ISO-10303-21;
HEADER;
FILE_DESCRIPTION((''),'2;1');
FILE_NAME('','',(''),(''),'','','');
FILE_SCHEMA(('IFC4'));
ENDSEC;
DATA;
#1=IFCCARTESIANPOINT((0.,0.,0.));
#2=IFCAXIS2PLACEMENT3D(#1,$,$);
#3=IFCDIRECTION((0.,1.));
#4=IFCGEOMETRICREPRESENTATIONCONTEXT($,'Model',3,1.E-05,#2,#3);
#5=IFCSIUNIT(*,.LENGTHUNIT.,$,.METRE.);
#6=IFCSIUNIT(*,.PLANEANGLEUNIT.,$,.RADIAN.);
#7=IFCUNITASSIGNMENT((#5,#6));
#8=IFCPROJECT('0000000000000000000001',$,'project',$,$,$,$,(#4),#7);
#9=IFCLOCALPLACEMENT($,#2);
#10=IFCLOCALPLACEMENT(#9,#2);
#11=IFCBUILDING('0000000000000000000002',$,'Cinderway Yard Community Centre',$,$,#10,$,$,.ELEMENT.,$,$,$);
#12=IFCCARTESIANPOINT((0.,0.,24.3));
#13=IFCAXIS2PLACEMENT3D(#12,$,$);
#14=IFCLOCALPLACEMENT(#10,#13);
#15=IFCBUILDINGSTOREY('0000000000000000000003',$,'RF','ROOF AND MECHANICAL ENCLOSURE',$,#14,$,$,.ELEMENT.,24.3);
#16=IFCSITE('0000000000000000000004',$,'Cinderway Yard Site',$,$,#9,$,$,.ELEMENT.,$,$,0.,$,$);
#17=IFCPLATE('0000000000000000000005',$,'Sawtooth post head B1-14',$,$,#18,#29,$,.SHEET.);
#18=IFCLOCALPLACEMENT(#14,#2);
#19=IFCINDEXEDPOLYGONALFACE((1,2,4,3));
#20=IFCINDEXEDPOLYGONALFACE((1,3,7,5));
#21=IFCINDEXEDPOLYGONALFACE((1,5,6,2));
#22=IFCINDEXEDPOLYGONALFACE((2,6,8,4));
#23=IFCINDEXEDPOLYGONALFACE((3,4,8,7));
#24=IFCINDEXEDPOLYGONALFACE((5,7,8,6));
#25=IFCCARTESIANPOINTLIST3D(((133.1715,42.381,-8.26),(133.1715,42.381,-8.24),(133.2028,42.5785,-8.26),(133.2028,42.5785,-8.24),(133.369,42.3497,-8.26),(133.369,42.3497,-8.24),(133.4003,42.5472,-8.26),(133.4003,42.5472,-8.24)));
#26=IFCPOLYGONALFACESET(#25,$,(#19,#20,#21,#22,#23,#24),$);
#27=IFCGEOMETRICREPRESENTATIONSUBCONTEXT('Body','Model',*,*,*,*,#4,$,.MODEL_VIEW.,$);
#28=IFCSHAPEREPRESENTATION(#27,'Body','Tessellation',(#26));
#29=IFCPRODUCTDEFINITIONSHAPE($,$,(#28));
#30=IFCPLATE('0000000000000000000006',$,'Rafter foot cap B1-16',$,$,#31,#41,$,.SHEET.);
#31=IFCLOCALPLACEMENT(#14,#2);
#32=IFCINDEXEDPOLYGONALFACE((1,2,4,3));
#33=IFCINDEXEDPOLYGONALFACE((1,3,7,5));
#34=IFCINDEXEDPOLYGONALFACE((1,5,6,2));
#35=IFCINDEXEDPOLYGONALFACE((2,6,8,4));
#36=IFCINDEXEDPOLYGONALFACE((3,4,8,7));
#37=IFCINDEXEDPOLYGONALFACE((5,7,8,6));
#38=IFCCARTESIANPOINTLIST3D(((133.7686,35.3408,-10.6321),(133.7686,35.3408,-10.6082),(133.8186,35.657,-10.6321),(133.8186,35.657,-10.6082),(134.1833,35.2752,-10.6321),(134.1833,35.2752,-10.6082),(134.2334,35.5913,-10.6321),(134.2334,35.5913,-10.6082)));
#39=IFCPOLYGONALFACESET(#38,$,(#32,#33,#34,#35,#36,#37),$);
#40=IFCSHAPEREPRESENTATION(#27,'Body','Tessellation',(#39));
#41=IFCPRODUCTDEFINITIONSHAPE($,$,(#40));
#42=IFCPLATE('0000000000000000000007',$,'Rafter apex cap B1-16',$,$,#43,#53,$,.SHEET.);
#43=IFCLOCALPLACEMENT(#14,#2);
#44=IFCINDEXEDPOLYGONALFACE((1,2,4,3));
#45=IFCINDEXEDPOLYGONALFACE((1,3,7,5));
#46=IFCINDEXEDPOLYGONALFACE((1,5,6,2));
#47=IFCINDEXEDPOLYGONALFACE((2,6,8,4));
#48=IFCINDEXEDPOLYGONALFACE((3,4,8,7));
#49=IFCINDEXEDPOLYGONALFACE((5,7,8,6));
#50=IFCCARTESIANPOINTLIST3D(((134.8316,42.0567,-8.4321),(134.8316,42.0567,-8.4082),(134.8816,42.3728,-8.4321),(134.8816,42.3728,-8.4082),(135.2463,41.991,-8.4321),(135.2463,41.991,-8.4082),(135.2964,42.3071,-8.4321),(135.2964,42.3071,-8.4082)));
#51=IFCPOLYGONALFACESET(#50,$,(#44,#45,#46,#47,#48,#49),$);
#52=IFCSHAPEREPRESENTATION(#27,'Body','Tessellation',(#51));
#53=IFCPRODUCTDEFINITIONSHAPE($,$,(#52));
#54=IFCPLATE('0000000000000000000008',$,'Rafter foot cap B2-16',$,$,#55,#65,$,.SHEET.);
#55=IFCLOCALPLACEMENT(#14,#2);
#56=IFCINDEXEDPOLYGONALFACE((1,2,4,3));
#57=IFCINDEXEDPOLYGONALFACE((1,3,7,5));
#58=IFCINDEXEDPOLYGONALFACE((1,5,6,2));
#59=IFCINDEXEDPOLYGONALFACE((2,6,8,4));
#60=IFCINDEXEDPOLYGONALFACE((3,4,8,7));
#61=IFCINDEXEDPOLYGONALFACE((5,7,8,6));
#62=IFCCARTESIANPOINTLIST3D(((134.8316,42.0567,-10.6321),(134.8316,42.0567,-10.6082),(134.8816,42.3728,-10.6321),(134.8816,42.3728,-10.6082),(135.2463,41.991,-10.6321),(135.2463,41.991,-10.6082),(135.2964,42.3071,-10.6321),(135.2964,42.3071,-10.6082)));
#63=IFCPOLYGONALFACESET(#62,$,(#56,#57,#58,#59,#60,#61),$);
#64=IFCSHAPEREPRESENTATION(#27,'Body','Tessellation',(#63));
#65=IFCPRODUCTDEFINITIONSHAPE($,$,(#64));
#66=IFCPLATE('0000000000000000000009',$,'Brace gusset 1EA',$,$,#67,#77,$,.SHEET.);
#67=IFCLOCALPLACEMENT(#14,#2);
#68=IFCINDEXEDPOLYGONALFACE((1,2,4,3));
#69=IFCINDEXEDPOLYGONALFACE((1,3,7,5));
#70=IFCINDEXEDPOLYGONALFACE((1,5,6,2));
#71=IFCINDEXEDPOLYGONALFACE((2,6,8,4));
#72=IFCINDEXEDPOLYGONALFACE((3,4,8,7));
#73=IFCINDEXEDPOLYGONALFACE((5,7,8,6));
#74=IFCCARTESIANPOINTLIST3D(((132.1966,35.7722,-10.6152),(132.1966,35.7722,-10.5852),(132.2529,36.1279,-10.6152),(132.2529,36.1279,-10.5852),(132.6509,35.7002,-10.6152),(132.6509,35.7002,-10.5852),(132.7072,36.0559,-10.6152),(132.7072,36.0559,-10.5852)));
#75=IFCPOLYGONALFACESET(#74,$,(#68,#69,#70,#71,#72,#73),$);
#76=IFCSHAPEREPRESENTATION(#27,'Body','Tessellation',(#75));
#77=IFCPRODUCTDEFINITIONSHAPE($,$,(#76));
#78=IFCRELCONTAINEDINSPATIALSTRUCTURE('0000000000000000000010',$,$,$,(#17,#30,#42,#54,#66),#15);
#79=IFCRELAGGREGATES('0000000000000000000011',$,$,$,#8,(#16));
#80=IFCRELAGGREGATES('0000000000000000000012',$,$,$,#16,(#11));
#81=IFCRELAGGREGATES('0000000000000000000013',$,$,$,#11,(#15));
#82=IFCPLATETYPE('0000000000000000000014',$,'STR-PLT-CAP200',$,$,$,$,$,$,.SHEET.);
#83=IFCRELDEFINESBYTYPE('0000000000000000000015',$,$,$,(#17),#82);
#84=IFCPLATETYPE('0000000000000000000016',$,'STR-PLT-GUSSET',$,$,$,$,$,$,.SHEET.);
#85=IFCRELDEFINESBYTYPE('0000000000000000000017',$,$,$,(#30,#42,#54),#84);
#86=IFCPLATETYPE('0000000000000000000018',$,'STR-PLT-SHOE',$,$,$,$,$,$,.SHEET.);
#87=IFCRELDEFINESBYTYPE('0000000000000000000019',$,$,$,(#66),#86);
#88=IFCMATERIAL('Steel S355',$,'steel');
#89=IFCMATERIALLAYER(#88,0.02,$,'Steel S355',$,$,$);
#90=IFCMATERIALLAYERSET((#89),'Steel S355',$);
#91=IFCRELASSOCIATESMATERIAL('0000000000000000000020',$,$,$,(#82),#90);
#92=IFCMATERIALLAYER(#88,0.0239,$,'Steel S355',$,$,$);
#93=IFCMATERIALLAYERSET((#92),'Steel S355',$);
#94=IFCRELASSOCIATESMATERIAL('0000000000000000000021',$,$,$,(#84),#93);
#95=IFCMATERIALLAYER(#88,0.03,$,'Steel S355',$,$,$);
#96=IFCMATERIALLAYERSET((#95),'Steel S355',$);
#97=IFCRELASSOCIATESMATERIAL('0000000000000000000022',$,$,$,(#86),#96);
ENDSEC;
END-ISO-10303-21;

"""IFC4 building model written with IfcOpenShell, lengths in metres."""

from ifc_helpers import new_model, si_unit, direction, frame, origin, origin_2d, place, context, subcontext, project, spatial, rectangle, extrude, material, layer, layer_set, type_object, element, save


model = new_model("IFC4")

# Units and contexts
model_context = context("Model", 3, precision=1e-05, world=origin(), true_north=direction((0.0, 1.0)))
body_context = subcontext(model_context, "Body", "Model", "MODEL_VIEW")
ifc_project = project(units=[si_unit("LENGTHUNIT", "METRE"), si_unit("PLANEANGLEUNIT", "RADIAN")], contexts=[model_context])

# Site, building, storey
site_placement = place(None, origin())
site = spatial("IfcSite", under=ifc_project, at=site_placement, Name="Cinderway Yard Site", CompositionType="ELEMENT", RefElevation=0.0)
building_placement = place(site_placement, origin())
building = spatial("IfcBuilding", under=site, at=building_placement, Name="Cinderway Yard Community Centre", CompositionType="ELEMENT")
storey_placement = place(building_placement, frame((0.0, 0.0, 24.3)))
storey = spatial("IfcBuildingStorey", under=building, at=storey_placement, Name="RF", Description="ROOF AND MECHANICAL ENCLOSURE", CompositionType="ELEMENT", Elevation=24.3)

# Shared definitions
ifc_material_1 = material(Name="Steel S355", Category="steel")

# Plates
ifc_layer_1 = layer(ifc_material_1, 0.02, Name="Steel S355")
ifc_layer_set_1 = layer_set([ifc_layer_1], Name="Steel S355")
plate_type_1 = type_object("IfcPlateType", Name="STR-PLT-CAP200", PredefinedType="SHEET", material=ifc_layer_set_1)
for number, where, z_axis, x_axis, name in (
    (1, (133.2859, 42.4641, -8.26), (0.0, 0.0, 1.0), (0.987688, -0.156434, 0.0), "Sawtooth post head B1-14"),
):
    element("IfcPlate", number, at=place(storey_placement, frame(where, z_axis=z_axis, x_axis=x_axis)), inside=storey, type_object=plate_type_1, Name=name, PredefinedType="SHEET", context=body_context, shape_type="SweptSolid", body=[
        extrude(rectangle(XDim=0.2, YDim=0.2, at=origin_2d()), origin(), (0.0, 0.0, 1.0), 0.02),
    ])
ifc_layer_2 = layer(ifc_material_1, 0.0239, Name="Steel S355")
ifc_layer_set_2 = layer_set([ifc_layer_2], Name="Steel S355")
plate_type_2 = type_object("IfcPlateType", Name="STR-PLT-GUSSET", PredefinedType="SHEET", material=ifc_layer_set_2)
for number, where, z_axis, x_axis, name in (
    (2, (134.001, 35.4661, -10.6321), (0.0, 0.0, 1.0), (0.987688, -0.156434, 0.0), "Rafter foot cap B1-16"),
    (3, (135.064, 42.1819, -8.4321), (0.0, 0.0, 1.0), (0.987688, -0.156434, 0.0), "Rafter apex cap B1-16"),
    (4, (135.064, 42.1819, -10.6321), (0.0, 0.0, 1.0), (0.987688, -0.156434, 0.0), "Rafter foot cap B2-16"),
):
    element("IfcPlate", number, at=place(storey_placement, frame(where, z_axis=z_axis, x_axis=x_axis)), inside=storey, type_object=plate_type_2, Name=name, PredefinedType="SHEET", context=body_context, shape_type="SweptSolid", body=[
        extrude(rectangle(XDim=0.4199, YDim=0.3201, at=origin_2d()), origin(), (0.0, 0.0, 1.0), 0.0239),
    ])
ifc_layer_3 = layer(ifc_material_1, 0.03, Name="Steel S355")
ifc_layer_set_3 = layer_set([ifc_layer_3], Name="Steel S355")
plate_type_3 = type_object("IfcPlateType", Name="STR-PLT-SHOE", PredefinedType="SHEET", material=ifc_layer_set_3)
plate_1_placement = place(storey_placement, frame((132.4519, 35.9141, -10.6152), z_axis=(0.0, 0.0, 1.0), x_axis=(0.987688, -0.156434, 0.0)))
element("IfcPlate", 5, at=plate_1_placement, inside=storey, type_object=plate_type_3, Name="Brace gusset 1EA", PredefinedType="SHEET", context=body_context, shape_type="SweptSolid", body=[
    extrude(rectangle(XDim=0.46, YDim=0.3601, at=origin_2d()), origin(), (0.0, 0.0, 1.0), 0.03),
])

save(model, "model.ifc")
